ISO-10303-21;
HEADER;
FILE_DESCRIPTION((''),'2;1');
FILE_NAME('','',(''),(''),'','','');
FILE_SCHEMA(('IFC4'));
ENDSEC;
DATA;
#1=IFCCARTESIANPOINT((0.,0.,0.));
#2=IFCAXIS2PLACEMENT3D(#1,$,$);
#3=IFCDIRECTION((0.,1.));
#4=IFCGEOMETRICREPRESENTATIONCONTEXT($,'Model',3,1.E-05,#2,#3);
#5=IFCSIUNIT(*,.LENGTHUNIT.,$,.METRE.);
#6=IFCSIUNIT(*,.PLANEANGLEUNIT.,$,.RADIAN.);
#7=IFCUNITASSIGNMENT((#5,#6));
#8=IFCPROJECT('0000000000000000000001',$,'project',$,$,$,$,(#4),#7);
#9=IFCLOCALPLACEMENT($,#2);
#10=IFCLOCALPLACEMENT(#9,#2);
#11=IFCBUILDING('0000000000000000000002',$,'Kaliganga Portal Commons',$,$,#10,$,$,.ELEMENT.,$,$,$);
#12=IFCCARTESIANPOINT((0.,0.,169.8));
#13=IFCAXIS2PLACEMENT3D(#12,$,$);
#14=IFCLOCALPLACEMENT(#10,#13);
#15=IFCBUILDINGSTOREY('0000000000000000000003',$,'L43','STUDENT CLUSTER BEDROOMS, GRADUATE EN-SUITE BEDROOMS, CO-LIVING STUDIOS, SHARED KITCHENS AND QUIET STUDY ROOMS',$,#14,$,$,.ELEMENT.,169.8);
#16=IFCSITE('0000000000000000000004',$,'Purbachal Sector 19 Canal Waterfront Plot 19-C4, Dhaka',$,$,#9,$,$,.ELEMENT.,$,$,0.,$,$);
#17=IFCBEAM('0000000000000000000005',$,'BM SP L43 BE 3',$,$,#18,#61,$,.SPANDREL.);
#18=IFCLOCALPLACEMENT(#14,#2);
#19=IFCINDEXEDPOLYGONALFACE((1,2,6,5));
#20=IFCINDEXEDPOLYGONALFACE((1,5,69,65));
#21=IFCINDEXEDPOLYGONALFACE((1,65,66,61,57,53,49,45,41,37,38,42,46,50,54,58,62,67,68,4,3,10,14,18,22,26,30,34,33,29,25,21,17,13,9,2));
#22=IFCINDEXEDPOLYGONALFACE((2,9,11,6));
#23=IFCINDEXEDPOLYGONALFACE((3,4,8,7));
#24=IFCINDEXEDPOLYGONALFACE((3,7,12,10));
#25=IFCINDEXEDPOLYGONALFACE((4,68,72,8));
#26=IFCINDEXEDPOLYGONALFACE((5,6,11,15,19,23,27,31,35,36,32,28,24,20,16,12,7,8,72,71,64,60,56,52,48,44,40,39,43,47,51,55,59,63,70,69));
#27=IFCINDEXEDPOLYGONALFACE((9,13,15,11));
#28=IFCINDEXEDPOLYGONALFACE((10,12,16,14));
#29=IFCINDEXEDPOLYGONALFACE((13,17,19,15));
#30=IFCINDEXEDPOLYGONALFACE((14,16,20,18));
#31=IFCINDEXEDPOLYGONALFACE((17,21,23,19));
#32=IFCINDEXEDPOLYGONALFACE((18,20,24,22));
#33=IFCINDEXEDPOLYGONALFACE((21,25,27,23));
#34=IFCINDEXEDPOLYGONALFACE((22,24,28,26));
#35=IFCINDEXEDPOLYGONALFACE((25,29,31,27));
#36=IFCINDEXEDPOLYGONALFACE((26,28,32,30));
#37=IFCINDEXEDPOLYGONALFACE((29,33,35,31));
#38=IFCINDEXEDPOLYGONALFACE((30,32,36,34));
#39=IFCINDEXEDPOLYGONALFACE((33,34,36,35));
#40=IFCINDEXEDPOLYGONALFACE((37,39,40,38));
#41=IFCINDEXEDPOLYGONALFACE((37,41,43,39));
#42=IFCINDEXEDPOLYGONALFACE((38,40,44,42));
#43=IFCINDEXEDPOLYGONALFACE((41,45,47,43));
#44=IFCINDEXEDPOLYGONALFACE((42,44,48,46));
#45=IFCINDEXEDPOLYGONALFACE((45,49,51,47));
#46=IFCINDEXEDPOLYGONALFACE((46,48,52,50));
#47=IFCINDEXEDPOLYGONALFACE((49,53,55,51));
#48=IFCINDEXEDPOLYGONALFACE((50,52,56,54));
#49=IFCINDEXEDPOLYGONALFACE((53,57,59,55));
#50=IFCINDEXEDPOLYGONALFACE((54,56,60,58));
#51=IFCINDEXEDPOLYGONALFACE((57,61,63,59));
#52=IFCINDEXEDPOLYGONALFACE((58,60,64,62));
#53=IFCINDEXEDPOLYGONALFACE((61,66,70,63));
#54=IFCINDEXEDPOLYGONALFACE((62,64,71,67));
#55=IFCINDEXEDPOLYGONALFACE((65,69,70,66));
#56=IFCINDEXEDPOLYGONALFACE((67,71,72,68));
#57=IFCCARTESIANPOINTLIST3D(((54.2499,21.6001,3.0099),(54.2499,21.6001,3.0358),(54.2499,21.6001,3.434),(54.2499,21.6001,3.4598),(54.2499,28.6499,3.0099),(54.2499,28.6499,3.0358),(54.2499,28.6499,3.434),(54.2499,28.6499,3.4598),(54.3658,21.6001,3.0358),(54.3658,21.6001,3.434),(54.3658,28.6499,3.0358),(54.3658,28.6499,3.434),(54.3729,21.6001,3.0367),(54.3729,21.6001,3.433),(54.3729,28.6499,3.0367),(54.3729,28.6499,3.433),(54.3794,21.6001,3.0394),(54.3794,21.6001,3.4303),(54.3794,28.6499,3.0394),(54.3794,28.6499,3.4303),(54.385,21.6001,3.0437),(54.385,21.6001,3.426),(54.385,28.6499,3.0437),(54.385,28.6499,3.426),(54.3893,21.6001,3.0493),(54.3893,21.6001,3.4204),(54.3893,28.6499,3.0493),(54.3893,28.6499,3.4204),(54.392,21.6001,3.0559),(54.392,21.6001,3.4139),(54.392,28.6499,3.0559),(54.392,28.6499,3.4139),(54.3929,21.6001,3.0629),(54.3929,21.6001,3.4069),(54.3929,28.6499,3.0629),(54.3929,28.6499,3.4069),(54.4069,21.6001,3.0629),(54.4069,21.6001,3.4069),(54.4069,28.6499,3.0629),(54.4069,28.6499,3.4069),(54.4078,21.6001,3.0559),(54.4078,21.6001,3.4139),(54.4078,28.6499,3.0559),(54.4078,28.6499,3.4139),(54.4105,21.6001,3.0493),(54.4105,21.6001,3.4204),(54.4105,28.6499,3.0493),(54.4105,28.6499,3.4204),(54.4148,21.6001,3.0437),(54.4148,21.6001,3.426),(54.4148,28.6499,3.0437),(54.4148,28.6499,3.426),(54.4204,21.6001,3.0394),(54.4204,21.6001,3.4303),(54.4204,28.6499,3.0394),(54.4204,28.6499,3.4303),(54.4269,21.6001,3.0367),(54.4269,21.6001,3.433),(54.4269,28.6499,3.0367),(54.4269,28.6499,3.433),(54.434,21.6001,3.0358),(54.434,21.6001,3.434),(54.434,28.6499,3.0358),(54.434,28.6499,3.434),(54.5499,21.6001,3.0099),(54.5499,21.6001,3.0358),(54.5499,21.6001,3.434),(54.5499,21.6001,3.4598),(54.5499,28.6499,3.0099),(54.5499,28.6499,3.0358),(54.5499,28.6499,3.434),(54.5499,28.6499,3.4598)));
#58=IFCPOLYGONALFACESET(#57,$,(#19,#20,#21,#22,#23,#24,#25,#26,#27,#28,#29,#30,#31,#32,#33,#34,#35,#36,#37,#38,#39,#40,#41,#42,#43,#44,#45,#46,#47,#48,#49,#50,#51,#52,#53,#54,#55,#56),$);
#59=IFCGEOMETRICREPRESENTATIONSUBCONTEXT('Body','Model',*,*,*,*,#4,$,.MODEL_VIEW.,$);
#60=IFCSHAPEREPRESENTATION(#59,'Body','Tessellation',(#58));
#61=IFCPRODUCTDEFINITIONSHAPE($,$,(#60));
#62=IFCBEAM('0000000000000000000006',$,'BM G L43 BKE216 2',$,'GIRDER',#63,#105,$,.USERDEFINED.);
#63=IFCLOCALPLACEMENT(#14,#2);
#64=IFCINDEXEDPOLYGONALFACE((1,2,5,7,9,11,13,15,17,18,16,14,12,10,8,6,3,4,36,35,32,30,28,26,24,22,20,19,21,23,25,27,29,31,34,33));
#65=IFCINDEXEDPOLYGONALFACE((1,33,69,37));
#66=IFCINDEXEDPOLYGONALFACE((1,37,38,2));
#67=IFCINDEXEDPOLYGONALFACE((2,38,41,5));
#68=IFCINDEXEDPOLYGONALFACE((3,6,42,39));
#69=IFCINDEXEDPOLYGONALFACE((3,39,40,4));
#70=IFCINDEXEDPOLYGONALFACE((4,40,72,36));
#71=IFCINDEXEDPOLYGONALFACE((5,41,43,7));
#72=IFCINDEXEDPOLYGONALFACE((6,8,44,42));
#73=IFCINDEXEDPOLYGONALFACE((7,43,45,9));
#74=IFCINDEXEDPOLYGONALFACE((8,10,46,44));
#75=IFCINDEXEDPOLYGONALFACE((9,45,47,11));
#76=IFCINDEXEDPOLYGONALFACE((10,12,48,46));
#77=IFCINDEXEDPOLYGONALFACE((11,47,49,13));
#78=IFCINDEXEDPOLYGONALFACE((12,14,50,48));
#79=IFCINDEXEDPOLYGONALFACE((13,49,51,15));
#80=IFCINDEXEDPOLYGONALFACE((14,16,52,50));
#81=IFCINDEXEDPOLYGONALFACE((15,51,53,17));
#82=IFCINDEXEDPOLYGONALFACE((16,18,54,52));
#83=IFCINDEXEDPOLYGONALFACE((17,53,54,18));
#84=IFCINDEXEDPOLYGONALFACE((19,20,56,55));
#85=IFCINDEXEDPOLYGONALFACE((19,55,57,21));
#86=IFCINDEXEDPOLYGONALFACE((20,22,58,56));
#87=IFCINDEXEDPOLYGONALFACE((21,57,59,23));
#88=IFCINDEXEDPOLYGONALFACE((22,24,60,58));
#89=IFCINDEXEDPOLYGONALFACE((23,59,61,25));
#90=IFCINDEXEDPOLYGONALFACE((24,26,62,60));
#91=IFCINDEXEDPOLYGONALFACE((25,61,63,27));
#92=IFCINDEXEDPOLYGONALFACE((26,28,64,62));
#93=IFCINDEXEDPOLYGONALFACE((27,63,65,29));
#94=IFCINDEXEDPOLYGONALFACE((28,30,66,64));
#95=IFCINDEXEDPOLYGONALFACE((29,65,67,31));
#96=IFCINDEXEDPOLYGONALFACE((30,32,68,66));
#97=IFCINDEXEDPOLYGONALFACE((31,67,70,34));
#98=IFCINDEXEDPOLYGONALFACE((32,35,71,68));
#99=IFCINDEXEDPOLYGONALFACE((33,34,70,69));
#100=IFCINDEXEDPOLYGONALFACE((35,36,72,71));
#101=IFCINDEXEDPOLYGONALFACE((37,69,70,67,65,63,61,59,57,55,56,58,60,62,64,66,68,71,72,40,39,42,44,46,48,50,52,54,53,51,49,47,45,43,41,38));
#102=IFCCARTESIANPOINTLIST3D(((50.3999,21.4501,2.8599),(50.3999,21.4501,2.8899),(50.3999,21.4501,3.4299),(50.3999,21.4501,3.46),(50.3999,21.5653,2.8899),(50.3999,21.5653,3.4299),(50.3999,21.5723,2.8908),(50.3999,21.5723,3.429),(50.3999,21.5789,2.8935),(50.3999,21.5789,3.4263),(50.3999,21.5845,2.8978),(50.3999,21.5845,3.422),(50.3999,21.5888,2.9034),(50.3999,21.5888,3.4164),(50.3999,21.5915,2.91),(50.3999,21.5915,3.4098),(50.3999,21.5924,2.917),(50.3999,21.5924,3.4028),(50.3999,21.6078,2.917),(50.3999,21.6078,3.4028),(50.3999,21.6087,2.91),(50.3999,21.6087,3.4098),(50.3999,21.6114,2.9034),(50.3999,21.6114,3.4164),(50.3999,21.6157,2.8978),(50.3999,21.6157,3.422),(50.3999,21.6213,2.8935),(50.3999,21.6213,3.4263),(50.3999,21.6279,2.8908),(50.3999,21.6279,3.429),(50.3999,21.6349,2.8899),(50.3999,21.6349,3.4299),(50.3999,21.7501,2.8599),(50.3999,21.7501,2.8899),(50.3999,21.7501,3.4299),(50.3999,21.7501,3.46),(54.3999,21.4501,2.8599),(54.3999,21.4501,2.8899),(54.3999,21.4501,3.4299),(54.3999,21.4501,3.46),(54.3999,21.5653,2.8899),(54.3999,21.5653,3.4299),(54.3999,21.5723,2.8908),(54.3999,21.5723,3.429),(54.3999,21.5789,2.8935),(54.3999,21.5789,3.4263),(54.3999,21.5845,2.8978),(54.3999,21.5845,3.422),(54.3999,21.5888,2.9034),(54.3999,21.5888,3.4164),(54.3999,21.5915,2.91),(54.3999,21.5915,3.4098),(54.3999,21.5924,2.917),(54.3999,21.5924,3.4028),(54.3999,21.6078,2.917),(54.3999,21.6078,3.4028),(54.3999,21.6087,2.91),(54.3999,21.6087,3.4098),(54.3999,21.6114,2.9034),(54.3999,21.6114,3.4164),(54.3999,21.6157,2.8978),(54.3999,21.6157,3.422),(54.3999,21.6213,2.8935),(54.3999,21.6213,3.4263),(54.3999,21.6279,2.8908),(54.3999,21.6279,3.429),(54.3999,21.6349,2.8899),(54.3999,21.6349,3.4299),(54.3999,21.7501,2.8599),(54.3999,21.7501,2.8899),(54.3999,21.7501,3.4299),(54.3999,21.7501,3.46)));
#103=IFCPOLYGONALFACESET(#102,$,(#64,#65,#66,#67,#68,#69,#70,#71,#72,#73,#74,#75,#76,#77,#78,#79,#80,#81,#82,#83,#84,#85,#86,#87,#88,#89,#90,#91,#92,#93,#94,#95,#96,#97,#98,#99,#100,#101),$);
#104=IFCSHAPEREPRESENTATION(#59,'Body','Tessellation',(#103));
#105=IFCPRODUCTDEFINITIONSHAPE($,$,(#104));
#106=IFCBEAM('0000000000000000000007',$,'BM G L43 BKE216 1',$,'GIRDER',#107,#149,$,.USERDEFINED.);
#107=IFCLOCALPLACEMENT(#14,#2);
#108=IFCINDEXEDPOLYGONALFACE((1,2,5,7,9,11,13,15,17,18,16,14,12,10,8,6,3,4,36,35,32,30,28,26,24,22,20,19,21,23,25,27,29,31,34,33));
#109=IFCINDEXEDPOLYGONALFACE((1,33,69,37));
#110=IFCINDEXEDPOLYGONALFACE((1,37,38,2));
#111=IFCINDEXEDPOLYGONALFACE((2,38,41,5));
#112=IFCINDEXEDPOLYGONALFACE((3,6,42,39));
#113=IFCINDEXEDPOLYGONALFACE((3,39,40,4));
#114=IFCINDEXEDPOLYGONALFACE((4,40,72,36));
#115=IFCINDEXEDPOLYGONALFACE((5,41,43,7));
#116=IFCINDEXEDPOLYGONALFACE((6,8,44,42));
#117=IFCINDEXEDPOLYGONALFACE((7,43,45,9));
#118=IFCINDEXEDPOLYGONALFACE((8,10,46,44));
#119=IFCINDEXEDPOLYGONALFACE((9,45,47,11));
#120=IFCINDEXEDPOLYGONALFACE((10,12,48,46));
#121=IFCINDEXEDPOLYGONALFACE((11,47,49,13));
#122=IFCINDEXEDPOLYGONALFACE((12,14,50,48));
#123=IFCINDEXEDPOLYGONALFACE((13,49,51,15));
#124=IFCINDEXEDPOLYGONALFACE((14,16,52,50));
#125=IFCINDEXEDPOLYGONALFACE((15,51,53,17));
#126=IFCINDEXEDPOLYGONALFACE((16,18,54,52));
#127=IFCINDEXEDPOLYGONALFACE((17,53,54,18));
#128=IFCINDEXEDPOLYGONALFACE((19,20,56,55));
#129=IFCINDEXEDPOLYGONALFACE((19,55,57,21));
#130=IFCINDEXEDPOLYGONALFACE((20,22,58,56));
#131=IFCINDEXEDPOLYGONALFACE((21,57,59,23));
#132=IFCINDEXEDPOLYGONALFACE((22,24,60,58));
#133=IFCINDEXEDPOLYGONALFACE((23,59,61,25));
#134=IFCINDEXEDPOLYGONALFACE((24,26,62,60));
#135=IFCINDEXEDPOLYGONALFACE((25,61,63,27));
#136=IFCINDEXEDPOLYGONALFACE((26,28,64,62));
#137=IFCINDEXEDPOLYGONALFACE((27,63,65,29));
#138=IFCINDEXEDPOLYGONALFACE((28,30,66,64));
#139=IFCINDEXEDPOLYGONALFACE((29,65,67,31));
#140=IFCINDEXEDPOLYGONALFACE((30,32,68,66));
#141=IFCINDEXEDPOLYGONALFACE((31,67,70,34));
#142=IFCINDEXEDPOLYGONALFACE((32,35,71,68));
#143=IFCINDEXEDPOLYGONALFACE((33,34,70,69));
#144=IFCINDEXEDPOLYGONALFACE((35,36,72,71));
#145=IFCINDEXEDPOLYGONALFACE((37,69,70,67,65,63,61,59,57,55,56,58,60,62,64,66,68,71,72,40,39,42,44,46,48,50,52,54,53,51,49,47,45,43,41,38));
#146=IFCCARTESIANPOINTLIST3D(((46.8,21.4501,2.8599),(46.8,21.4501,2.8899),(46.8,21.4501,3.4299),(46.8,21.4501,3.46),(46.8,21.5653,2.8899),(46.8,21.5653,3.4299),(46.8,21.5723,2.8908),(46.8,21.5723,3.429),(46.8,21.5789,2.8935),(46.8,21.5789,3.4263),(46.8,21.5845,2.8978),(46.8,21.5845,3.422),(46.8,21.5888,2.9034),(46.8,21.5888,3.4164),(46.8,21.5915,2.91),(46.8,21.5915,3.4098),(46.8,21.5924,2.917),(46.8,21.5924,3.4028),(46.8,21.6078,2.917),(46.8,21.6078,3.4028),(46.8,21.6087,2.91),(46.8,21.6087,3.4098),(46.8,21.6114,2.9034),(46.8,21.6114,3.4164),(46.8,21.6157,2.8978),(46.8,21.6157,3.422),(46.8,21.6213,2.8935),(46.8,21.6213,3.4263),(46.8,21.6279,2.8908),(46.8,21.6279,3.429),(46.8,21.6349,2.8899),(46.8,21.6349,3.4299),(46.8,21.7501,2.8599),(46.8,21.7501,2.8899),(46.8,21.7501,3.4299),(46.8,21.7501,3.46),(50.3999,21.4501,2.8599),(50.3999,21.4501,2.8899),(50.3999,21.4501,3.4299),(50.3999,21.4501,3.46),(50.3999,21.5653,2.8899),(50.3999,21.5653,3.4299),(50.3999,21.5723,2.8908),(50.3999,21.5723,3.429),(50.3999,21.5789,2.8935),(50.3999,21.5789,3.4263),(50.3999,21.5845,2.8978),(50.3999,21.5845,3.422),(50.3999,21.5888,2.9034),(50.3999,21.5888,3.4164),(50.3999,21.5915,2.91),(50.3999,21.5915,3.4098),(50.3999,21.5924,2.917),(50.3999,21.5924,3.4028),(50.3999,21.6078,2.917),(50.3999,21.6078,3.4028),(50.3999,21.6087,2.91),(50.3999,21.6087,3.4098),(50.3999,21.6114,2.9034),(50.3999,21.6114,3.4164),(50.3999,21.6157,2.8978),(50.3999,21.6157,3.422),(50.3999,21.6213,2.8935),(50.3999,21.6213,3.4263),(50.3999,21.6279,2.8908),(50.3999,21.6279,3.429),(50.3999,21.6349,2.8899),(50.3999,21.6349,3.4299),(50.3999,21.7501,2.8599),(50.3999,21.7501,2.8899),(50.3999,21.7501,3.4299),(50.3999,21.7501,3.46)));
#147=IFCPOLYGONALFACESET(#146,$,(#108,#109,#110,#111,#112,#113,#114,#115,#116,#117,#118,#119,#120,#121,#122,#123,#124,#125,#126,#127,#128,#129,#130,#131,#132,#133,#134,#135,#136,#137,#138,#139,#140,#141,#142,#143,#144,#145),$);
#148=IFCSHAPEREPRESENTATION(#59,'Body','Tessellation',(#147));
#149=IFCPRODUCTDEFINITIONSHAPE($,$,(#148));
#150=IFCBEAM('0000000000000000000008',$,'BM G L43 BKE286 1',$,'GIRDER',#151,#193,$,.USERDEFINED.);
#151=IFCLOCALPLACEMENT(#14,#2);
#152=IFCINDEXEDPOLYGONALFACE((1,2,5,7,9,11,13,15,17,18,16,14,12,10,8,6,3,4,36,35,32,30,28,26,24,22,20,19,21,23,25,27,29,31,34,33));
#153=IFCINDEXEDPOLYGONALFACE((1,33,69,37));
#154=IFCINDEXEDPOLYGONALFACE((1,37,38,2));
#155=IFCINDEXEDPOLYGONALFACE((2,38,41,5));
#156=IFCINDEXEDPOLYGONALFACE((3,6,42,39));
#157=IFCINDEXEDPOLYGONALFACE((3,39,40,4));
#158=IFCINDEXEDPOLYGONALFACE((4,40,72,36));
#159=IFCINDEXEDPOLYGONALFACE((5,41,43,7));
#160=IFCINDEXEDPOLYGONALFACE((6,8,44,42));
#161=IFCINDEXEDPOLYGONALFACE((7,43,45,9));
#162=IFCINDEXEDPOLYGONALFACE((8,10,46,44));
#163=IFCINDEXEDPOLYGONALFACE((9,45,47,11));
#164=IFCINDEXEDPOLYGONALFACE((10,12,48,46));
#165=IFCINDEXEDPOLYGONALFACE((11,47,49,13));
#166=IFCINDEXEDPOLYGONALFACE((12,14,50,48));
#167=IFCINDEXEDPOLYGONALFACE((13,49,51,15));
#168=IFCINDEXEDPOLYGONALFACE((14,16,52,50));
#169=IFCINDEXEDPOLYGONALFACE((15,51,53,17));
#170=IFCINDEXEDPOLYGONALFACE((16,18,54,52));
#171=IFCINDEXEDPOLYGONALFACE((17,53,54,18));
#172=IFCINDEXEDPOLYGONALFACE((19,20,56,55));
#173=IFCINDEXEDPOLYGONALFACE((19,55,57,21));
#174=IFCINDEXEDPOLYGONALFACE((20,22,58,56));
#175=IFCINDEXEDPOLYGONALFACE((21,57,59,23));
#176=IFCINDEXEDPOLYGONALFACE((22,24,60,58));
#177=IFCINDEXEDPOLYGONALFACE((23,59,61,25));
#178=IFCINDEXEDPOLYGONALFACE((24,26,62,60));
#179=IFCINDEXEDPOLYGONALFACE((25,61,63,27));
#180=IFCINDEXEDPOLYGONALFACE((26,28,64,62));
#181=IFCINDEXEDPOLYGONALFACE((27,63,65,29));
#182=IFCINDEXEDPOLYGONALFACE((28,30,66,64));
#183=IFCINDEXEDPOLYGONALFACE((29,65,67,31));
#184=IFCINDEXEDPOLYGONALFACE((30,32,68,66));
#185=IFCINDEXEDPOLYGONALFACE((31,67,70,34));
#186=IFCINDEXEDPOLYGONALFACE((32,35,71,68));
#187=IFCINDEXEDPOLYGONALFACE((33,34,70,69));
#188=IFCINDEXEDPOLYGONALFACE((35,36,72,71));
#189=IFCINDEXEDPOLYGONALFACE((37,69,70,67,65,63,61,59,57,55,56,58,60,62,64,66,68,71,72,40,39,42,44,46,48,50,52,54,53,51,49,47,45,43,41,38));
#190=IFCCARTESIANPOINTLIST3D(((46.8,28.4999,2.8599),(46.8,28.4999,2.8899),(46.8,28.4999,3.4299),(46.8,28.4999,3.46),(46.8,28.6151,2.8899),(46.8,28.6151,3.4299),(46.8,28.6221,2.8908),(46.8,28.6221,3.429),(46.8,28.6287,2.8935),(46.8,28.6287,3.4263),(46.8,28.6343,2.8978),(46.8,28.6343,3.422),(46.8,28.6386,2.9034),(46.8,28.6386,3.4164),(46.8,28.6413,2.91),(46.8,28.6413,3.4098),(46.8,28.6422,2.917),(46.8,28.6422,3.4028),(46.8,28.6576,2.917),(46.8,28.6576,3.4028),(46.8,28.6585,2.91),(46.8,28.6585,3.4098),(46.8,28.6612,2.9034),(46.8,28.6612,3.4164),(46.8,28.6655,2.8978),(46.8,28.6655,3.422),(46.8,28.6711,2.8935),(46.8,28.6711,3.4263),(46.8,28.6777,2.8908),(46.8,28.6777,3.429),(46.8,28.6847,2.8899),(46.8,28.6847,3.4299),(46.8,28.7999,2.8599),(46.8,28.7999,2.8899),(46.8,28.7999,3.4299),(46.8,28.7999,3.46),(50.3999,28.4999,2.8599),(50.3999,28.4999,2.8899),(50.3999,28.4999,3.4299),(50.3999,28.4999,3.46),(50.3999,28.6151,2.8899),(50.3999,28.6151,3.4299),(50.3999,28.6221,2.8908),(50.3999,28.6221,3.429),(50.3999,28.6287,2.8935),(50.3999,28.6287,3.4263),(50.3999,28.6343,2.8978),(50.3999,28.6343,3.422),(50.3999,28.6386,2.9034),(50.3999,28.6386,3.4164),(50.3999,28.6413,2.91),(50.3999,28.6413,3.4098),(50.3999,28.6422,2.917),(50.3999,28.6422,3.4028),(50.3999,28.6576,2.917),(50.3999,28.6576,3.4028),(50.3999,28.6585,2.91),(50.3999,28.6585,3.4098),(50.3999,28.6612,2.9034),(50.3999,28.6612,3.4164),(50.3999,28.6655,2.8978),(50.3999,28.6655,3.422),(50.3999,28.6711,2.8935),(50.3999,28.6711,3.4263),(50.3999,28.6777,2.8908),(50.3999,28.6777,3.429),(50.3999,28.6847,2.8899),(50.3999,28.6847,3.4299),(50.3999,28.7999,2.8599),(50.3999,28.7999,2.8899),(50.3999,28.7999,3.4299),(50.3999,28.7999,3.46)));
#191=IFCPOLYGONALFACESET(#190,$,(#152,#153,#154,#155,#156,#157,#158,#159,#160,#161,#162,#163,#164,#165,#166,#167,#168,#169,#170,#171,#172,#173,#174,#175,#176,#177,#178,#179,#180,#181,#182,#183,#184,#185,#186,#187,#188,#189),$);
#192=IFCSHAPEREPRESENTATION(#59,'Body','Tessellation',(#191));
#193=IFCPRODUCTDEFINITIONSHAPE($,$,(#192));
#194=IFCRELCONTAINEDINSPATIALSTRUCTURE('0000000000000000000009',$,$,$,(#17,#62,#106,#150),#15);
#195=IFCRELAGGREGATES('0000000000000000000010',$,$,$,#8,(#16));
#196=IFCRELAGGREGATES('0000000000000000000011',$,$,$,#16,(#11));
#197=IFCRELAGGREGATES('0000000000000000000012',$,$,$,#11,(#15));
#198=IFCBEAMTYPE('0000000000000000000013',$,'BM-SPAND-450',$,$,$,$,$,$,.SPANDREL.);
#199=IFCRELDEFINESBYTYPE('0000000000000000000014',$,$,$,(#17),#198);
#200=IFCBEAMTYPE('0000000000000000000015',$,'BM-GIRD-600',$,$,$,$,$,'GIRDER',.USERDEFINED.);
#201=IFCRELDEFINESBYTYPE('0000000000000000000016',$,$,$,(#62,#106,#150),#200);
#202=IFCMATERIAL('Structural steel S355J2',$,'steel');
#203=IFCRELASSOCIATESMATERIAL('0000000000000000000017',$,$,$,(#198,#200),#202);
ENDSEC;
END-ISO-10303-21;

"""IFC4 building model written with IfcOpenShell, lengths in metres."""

from ifc_helpers import new_model, si_unit, direction, frame, origin, origin_2d, place, context, subcontext, project, spatial, i_section, extrude, source, transform, mapped, material, material_profile, profile_set, type_object, element, save


model = new_model("IFC4")

# Units and contexts
model_context = context("Model", 3, precision=1e-05, world=origin(), true_north=direction((0.0, 1.0)))
body_context = subcontext(model_context, "Body", "Model", "MODEL_VIEW")
ifc_project = project(units=[si_unit("LENGTHUNIT", "METRE"), si_unit("PLANEANGLEUNIT", "RADIAN")], contexts=[model_context])

# Site, building, storey
site_placement = place(None, origin())
site = spatial("IfcSite", under=ifc_project, at=site_placement, Name="Purbachal Sector 19 Canal Waterfront Plot 19-C4, Dhaka", CompositionType="ELEMENT", RefElevation=0.0)
building_placement = place(site_placement, origin())
building = spatial("IfcBuilding", under=site, at=building_placement, Name="Kaliganga Portal Commons", CompositionType="ELEMENT")
storey_placement = place(building_placement, frame((0.0, 0.0, 169.8)))
storey = spatial("IfcBuildingStorey", under=building, at=storey_placement, Name="L43", Description="STUDENT CLUSTER BEDROOMS, GRADUATE EN-SUITE BEDROOMS, CO-LIVING STUDIOS, SHARED KITCHENS AND QUIET STUDY ROOMS", CompositionType="ELEMENT", Elevation=169.8)

# Beams
ifc_material_1 = material(Name="Structural steel S355J2", Category="steel")
ifc_material_profile_1 = material_profile(ifc_material_1, i_section(OverallWidth=0.3, OverallDepth=0.45, WebThickness=0.0139, FlangeThickness=0.0259, FilletRadius=0.0271, at=origin_2d()), Name="HE 450 B")
ifc_profile_set_1 = profile_set([ifc_material_profile_1], Name="Structural steel S355J2 wide-flange")
beam_type_1 = type_object("IfcBeamType", Name="BM-SPAND-450", PredefinedType="SPANDREL", material=ifc_profile_set_1)
shared_shape_1 = source(origin(), body_context, "Body", "SweptSolid", [
    extrude(i_section(OverallWidth=0.3, OverallDepth=0.45, WebThickness=0.0139, FlangeThickness=0.0259, FilletRadius=0.0271, at=origin_2d()), origin(), (0.0, 0.0, 1.0), 7.0498),
])
beam_1_placement = place(storey_placement, frame((54.3999, 21.6001, 3.2349), z_axis=(0.0, 1.0, 0.0), x_axis=(-1.0, 0.0, 0.0)))
element("IfcBeam", 1, at=beam_1_placement, inside=storey, type_object=beam_type_1, Name="BM SP L43 BE 3", PredefinedType="SPANDREL", context=body_context, shape_type="MappedRepresentation", body=[
    mapped(shared_shape_1, transform((0.0, 0.0, 0.0), x_axis=(1.0, 0.0, 0.0), y_axis=(0.0, 1.0, 0.0), z_axis=(0.0, 0.0, 1.0), scale=1.0)),
])
ifc_material_profile_2 = material_profile(ifc_material_1, i_section(OverallWidth=0.3, OverallDepth=0.6001, WebThickness=0.0154, FlangeThickness=0.03, FilletRadius=0.0271, at=origin_2d()), Name="HE 600 B")
ifc_profile_set_2 = profile_set([ifc_material_profile_2], Name="Structural steel S355J2 wide-flange")
beam_type_2 = type_object("IfcBeamType", Name="BM-GIRD-600", ElementType="GIRDER", PredefinedType="USERDEFINED", material=ifc_profile_set_2)
shared_shape_2 = source(origin(), body_context, "Body", "SweptSolid", [
    extrude(i_section(OverallWidth=0.3, OverallDepth=0.6001, WebThickness=0.0154, FlangeThickness=0.03, FilletRadius=0.0271, at=origin_2d()), origin(), (0.0, 0.0, 1.0), 4.0),
])
beam_2_placement = place(storey_placement, frame((50.3999, 21.6001, 3.1599), z_axis=(1.0, 0.0, 0.0), x_axis=(0.0, 1.0, 0.0)))
element("IfcBeam", 2, at=beam_2_placement, inside=storey, type_object=beam_type_2, Name="BM G L43 BKE216 2", ObjectType="GIRDER", PredefinedType="USERDEFINED", context=body_context, shape_type="MappedRepresentation", body=[
    mapped(shared_shape_2, transform((0.0, 0.0, 0.0), x_axis=(1.0, 0.0, 0.0), y_axis=(0.0, 1.0, 0.0), z_axis=(0.0, 0.0, 1.0), scale=1.0)),
])
shared_shape_3 = source(origin(), body_context, "Body", "SweptSolid", [
    extrude(i_section(OverallWidth=0.3, OverallDepth=0.6001, WebThickness=0.0154, FlangeThickness=0.03, FilletRadius=0.0271, at=origin_2d()), origin(), (0.0, 0.0, 1.0), 3.5999),
])
for number, where, z_axis, x_axis, name in (
    (3, (46.8, 21.6001, 3.1599), (1.0, 0.0, 0.0), (0.0, 1.0, 0.0), "BM G L43 BKE216 1"),
    (4, (46.8, 28.6499, 3.1599), (1.0, 0.0, 0.0), (0.0, 1.0, 0.0), "BM G L43 BKE286 1"),
):
    element("IfcBeam", number, at=place(storey_placement, frame(where, z_axis=z_axis, x_axis=x_axis)), inside=storey, type_object=beam_type_2, Name=name, ObjectType="GIRDER", PredefinedType="USERDEFINED", context=body_context, shape_type="MappedRepresentation", body=[
        mapped(shared_shape_3, transform((0.0, 0.0, 0.0), x_axis=(1.0, 0.0, 0.0), y_axis=(0.0, 1.0, 0.0), z_axis=(0.0, 0.0, 1.0), scale=1.0)),
    ])

save(model, "model.ifc")
